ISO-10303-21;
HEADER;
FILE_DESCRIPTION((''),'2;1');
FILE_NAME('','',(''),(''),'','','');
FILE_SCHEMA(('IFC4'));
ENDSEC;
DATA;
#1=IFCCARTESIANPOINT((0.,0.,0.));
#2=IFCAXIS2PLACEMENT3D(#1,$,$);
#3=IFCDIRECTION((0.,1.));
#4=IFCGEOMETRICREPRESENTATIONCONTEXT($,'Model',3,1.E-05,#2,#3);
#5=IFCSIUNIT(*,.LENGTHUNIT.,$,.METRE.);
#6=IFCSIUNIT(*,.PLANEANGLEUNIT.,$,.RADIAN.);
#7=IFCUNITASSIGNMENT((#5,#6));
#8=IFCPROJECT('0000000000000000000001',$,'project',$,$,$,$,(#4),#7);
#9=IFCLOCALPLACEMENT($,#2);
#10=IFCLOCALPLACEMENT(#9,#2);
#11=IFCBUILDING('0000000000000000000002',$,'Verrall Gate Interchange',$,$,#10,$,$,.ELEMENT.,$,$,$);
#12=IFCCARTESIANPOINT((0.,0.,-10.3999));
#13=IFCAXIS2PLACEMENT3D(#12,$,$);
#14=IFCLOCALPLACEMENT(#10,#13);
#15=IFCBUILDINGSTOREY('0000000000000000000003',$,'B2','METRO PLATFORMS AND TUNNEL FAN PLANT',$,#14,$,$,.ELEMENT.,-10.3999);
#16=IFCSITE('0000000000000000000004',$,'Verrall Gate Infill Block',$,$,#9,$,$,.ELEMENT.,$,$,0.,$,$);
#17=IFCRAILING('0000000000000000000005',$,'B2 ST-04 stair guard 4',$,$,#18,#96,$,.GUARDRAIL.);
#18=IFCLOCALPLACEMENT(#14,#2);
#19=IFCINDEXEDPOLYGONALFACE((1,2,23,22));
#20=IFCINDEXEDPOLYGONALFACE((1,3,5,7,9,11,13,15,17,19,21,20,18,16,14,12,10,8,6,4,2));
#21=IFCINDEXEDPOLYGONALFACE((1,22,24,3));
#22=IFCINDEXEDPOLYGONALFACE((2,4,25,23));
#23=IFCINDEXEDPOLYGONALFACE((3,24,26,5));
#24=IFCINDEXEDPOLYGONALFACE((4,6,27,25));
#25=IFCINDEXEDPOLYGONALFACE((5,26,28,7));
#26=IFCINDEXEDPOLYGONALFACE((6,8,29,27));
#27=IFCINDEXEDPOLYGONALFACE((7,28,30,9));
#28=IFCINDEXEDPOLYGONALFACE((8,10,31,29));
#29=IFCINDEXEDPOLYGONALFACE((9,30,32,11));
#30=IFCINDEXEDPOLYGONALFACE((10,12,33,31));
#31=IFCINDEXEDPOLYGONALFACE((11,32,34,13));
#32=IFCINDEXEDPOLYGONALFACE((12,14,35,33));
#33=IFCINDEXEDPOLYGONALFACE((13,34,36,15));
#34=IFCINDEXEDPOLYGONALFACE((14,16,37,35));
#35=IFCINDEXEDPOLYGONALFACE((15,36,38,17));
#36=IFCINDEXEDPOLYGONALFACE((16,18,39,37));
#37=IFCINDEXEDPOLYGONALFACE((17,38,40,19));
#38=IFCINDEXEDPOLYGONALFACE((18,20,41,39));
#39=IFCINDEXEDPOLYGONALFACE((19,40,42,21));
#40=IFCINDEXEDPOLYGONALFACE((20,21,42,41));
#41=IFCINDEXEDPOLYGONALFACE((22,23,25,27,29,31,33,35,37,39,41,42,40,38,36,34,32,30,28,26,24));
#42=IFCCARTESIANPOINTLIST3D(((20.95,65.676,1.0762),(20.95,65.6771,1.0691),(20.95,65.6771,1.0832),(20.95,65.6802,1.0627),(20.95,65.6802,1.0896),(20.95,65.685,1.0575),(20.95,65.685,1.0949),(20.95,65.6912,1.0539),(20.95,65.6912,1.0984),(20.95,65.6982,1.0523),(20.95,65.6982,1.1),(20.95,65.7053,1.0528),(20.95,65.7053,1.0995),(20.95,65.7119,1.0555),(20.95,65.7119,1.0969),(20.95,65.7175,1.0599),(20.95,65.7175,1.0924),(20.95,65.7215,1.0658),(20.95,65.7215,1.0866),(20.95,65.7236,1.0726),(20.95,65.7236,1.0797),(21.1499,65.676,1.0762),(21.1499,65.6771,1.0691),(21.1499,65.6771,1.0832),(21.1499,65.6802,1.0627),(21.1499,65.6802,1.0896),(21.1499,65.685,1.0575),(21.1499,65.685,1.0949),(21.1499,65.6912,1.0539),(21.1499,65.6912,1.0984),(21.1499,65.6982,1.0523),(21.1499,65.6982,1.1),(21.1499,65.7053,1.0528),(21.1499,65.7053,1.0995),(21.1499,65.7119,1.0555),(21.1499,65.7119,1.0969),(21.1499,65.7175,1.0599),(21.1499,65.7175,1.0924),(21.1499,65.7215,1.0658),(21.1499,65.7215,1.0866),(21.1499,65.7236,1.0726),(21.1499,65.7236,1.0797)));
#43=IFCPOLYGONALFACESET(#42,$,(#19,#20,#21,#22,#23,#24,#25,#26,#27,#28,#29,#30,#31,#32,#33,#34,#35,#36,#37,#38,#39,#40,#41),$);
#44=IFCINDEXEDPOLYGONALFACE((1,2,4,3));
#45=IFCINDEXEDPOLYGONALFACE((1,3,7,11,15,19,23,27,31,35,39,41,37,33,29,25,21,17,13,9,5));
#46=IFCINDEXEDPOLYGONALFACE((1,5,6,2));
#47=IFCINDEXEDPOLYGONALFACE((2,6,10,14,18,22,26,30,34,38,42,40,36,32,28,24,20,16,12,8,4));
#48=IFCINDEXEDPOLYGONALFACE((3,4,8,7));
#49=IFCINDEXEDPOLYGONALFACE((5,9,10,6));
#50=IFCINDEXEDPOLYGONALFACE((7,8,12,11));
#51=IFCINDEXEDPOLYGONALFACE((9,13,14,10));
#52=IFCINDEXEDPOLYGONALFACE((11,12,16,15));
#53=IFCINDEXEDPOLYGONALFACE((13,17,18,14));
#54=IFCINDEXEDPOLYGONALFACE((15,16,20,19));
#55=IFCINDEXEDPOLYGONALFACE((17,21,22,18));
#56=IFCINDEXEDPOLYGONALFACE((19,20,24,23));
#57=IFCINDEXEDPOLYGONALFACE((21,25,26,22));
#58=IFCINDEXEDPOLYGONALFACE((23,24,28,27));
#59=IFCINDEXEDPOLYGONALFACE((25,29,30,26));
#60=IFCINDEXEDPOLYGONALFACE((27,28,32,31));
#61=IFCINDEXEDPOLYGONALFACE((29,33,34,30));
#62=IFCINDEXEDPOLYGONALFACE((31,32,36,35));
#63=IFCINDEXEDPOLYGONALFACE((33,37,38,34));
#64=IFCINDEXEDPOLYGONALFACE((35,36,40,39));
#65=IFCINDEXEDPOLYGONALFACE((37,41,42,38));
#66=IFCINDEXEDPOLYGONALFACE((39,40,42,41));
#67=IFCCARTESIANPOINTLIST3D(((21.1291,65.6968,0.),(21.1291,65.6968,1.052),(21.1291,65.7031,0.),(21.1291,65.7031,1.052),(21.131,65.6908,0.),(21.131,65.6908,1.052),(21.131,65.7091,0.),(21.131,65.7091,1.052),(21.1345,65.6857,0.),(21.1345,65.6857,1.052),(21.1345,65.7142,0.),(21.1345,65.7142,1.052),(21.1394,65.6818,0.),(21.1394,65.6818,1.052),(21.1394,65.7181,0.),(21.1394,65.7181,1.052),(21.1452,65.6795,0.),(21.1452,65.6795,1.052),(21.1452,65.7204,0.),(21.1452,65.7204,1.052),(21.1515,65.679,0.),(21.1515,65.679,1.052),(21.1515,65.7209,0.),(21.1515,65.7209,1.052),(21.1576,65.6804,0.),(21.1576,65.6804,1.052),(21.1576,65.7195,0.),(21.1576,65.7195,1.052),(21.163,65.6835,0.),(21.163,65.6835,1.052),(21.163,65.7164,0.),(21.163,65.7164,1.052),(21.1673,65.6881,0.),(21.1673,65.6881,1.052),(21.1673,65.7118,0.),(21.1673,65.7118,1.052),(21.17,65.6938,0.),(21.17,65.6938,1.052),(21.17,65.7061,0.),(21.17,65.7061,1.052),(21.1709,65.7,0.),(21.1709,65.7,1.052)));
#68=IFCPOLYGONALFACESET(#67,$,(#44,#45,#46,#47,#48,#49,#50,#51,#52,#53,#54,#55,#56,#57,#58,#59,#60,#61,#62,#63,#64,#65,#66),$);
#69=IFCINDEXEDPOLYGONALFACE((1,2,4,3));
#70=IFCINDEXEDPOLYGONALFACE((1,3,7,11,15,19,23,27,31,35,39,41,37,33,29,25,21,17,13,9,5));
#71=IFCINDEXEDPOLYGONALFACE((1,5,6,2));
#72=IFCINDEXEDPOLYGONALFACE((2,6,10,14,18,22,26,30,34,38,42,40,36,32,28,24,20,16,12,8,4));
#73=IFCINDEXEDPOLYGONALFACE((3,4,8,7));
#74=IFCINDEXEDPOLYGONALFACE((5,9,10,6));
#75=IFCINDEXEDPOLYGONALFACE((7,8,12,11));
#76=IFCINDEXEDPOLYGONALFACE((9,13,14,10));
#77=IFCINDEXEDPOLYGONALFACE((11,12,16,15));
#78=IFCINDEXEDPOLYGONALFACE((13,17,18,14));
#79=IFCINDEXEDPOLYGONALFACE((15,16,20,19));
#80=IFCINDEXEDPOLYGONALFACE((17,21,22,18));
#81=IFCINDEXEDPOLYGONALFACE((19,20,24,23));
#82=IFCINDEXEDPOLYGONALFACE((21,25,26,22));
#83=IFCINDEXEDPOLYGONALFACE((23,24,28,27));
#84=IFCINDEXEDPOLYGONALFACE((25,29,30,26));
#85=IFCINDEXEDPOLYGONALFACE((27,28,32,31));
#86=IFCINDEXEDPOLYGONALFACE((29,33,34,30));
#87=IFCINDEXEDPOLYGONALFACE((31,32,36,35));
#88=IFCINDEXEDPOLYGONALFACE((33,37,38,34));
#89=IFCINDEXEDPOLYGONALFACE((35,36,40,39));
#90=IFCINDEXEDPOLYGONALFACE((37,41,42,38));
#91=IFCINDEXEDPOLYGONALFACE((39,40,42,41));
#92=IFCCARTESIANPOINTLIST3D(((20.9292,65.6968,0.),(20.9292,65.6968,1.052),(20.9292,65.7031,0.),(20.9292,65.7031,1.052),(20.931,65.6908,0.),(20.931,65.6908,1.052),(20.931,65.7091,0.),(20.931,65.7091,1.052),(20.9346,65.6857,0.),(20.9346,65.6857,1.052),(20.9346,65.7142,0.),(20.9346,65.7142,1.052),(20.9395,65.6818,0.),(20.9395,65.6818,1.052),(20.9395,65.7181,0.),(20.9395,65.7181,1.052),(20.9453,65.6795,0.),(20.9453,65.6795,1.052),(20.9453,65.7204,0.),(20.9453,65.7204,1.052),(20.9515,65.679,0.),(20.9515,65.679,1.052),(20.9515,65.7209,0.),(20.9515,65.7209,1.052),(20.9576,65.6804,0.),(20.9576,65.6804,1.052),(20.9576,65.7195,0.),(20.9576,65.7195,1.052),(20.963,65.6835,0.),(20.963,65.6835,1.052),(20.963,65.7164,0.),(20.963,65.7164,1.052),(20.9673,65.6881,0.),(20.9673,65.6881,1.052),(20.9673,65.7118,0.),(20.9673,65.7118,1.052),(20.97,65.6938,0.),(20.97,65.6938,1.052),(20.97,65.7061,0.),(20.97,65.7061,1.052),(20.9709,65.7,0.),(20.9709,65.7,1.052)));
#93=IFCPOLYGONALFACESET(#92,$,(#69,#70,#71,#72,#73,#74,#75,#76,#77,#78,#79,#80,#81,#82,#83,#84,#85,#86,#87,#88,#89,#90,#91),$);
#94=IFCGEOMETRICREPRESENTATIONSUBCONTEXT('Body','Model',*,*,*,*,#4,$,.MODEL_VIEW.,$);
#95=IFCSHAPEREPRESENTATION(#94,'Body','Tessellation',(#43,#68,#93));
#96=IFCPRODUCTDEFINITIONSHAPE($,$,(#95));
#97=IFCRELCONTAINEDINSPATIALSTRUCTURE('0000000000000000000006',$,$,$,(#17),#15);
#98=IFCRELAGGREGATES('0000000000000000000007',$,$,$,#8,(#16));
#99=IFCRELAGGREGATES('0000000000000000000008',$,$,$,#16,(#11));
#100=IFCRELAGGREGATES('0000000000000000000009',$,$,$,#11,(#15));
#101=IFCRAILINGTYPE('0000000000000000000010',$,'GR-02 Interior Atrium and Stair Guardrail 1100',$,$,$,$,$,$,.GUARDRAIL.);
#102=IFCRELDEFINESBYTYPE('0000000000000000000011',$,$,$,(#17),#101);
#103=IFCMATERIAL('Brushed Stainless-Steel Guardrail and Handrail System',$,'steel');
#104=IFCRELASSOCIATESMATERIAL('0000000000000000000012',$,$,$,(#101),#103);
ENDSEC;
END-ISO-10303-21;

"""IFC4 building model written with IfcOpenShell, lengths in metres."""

from ifc_helpers import new_model, si_unit, direction, frame, origin, origin_2d, place, context, subcontext, project, spatial, circle, extrude, material, type_object, element, save


model = new_model("IFC4")

# Units and contexts
model_context = context("Model", 3, precision=1e-05, world=origin(), true_north=direction((0.0, 1.0)))
body_context = subcontext(model_context, "Body", "Model", "MODEL_VIEW")
ifc_project = project(units=[si_unit("LENGTHUNIT", "METRE"), si_unit("PLANEANGLEUNIT", "RADIAN")], contexts=[model_context])

# Site, building, storey
site_placement = place(None, origin())
site = spatial("IfcSite", under=ifc_project, at=site_placement, Name="Verrall Gate Infill Block", CompositionType="ELEMENT", RefElevation=0.0)
building_placement = place(site_placement, origin())
building = spatial("IfcBuilding", under=site, at=building_placement, Name="Verrall Gate Interchange", CompositionType="ELEMENT")
storey_placement = place(building_placement, frame((0.0, 0.0, -10.3999)))
storey = spatial("IfcBuildingStorey", under=building, at=storey_placement, Name="B2", Description="METRO PLATFORMS AND TUNNEL FAN PLANT", CompositionType="ELEMENT", Elevation=-10.3999)

# Railing
ifc_material_1 = material(Name="Brushed Stainless-Steel Guardrail and Handrail System", Category="steel")
railing_type_1 = type_object("IfcRailingType", Name="GR-02 Interior Atrium and Stair Guardrail 1100", PredefinedType="GUARDRAIL", material=ifc_material_1)
railing_1_placement = place(storey_placement, frame((21.1499, 65.7, 0.0)))
element("IfcRailing", 1, at=railing_1_placement, inside=storey, type_object=railing_type_1, Name="B2 ST-04 stair guard 4", PredefinedType="GUARDRAIL", context=body_context, shape_type="SweptSolid", body=[
    extrude(circle(Radius=0.0239, at=origin_2d()), frame((0.0, 0.0, 1.0762), z_axis=(-1.0, 0.0, 0.0), x_axis=(0.0, -1.0, 0.0)), (0.0, 0.0, 1.0), 0.2),
    extrude(circle(Radius=0.021, at=origin_2d()), origin(), (0.0, 0.0, 1.0), 1.052),
    extrude(circle(Radius=0.021, at=origin_2d()), frame((-0.2, 0.0, 0.0)), (0.0, 0.0, 1.0), 1.052),
])

save(model, "model.ifc")
